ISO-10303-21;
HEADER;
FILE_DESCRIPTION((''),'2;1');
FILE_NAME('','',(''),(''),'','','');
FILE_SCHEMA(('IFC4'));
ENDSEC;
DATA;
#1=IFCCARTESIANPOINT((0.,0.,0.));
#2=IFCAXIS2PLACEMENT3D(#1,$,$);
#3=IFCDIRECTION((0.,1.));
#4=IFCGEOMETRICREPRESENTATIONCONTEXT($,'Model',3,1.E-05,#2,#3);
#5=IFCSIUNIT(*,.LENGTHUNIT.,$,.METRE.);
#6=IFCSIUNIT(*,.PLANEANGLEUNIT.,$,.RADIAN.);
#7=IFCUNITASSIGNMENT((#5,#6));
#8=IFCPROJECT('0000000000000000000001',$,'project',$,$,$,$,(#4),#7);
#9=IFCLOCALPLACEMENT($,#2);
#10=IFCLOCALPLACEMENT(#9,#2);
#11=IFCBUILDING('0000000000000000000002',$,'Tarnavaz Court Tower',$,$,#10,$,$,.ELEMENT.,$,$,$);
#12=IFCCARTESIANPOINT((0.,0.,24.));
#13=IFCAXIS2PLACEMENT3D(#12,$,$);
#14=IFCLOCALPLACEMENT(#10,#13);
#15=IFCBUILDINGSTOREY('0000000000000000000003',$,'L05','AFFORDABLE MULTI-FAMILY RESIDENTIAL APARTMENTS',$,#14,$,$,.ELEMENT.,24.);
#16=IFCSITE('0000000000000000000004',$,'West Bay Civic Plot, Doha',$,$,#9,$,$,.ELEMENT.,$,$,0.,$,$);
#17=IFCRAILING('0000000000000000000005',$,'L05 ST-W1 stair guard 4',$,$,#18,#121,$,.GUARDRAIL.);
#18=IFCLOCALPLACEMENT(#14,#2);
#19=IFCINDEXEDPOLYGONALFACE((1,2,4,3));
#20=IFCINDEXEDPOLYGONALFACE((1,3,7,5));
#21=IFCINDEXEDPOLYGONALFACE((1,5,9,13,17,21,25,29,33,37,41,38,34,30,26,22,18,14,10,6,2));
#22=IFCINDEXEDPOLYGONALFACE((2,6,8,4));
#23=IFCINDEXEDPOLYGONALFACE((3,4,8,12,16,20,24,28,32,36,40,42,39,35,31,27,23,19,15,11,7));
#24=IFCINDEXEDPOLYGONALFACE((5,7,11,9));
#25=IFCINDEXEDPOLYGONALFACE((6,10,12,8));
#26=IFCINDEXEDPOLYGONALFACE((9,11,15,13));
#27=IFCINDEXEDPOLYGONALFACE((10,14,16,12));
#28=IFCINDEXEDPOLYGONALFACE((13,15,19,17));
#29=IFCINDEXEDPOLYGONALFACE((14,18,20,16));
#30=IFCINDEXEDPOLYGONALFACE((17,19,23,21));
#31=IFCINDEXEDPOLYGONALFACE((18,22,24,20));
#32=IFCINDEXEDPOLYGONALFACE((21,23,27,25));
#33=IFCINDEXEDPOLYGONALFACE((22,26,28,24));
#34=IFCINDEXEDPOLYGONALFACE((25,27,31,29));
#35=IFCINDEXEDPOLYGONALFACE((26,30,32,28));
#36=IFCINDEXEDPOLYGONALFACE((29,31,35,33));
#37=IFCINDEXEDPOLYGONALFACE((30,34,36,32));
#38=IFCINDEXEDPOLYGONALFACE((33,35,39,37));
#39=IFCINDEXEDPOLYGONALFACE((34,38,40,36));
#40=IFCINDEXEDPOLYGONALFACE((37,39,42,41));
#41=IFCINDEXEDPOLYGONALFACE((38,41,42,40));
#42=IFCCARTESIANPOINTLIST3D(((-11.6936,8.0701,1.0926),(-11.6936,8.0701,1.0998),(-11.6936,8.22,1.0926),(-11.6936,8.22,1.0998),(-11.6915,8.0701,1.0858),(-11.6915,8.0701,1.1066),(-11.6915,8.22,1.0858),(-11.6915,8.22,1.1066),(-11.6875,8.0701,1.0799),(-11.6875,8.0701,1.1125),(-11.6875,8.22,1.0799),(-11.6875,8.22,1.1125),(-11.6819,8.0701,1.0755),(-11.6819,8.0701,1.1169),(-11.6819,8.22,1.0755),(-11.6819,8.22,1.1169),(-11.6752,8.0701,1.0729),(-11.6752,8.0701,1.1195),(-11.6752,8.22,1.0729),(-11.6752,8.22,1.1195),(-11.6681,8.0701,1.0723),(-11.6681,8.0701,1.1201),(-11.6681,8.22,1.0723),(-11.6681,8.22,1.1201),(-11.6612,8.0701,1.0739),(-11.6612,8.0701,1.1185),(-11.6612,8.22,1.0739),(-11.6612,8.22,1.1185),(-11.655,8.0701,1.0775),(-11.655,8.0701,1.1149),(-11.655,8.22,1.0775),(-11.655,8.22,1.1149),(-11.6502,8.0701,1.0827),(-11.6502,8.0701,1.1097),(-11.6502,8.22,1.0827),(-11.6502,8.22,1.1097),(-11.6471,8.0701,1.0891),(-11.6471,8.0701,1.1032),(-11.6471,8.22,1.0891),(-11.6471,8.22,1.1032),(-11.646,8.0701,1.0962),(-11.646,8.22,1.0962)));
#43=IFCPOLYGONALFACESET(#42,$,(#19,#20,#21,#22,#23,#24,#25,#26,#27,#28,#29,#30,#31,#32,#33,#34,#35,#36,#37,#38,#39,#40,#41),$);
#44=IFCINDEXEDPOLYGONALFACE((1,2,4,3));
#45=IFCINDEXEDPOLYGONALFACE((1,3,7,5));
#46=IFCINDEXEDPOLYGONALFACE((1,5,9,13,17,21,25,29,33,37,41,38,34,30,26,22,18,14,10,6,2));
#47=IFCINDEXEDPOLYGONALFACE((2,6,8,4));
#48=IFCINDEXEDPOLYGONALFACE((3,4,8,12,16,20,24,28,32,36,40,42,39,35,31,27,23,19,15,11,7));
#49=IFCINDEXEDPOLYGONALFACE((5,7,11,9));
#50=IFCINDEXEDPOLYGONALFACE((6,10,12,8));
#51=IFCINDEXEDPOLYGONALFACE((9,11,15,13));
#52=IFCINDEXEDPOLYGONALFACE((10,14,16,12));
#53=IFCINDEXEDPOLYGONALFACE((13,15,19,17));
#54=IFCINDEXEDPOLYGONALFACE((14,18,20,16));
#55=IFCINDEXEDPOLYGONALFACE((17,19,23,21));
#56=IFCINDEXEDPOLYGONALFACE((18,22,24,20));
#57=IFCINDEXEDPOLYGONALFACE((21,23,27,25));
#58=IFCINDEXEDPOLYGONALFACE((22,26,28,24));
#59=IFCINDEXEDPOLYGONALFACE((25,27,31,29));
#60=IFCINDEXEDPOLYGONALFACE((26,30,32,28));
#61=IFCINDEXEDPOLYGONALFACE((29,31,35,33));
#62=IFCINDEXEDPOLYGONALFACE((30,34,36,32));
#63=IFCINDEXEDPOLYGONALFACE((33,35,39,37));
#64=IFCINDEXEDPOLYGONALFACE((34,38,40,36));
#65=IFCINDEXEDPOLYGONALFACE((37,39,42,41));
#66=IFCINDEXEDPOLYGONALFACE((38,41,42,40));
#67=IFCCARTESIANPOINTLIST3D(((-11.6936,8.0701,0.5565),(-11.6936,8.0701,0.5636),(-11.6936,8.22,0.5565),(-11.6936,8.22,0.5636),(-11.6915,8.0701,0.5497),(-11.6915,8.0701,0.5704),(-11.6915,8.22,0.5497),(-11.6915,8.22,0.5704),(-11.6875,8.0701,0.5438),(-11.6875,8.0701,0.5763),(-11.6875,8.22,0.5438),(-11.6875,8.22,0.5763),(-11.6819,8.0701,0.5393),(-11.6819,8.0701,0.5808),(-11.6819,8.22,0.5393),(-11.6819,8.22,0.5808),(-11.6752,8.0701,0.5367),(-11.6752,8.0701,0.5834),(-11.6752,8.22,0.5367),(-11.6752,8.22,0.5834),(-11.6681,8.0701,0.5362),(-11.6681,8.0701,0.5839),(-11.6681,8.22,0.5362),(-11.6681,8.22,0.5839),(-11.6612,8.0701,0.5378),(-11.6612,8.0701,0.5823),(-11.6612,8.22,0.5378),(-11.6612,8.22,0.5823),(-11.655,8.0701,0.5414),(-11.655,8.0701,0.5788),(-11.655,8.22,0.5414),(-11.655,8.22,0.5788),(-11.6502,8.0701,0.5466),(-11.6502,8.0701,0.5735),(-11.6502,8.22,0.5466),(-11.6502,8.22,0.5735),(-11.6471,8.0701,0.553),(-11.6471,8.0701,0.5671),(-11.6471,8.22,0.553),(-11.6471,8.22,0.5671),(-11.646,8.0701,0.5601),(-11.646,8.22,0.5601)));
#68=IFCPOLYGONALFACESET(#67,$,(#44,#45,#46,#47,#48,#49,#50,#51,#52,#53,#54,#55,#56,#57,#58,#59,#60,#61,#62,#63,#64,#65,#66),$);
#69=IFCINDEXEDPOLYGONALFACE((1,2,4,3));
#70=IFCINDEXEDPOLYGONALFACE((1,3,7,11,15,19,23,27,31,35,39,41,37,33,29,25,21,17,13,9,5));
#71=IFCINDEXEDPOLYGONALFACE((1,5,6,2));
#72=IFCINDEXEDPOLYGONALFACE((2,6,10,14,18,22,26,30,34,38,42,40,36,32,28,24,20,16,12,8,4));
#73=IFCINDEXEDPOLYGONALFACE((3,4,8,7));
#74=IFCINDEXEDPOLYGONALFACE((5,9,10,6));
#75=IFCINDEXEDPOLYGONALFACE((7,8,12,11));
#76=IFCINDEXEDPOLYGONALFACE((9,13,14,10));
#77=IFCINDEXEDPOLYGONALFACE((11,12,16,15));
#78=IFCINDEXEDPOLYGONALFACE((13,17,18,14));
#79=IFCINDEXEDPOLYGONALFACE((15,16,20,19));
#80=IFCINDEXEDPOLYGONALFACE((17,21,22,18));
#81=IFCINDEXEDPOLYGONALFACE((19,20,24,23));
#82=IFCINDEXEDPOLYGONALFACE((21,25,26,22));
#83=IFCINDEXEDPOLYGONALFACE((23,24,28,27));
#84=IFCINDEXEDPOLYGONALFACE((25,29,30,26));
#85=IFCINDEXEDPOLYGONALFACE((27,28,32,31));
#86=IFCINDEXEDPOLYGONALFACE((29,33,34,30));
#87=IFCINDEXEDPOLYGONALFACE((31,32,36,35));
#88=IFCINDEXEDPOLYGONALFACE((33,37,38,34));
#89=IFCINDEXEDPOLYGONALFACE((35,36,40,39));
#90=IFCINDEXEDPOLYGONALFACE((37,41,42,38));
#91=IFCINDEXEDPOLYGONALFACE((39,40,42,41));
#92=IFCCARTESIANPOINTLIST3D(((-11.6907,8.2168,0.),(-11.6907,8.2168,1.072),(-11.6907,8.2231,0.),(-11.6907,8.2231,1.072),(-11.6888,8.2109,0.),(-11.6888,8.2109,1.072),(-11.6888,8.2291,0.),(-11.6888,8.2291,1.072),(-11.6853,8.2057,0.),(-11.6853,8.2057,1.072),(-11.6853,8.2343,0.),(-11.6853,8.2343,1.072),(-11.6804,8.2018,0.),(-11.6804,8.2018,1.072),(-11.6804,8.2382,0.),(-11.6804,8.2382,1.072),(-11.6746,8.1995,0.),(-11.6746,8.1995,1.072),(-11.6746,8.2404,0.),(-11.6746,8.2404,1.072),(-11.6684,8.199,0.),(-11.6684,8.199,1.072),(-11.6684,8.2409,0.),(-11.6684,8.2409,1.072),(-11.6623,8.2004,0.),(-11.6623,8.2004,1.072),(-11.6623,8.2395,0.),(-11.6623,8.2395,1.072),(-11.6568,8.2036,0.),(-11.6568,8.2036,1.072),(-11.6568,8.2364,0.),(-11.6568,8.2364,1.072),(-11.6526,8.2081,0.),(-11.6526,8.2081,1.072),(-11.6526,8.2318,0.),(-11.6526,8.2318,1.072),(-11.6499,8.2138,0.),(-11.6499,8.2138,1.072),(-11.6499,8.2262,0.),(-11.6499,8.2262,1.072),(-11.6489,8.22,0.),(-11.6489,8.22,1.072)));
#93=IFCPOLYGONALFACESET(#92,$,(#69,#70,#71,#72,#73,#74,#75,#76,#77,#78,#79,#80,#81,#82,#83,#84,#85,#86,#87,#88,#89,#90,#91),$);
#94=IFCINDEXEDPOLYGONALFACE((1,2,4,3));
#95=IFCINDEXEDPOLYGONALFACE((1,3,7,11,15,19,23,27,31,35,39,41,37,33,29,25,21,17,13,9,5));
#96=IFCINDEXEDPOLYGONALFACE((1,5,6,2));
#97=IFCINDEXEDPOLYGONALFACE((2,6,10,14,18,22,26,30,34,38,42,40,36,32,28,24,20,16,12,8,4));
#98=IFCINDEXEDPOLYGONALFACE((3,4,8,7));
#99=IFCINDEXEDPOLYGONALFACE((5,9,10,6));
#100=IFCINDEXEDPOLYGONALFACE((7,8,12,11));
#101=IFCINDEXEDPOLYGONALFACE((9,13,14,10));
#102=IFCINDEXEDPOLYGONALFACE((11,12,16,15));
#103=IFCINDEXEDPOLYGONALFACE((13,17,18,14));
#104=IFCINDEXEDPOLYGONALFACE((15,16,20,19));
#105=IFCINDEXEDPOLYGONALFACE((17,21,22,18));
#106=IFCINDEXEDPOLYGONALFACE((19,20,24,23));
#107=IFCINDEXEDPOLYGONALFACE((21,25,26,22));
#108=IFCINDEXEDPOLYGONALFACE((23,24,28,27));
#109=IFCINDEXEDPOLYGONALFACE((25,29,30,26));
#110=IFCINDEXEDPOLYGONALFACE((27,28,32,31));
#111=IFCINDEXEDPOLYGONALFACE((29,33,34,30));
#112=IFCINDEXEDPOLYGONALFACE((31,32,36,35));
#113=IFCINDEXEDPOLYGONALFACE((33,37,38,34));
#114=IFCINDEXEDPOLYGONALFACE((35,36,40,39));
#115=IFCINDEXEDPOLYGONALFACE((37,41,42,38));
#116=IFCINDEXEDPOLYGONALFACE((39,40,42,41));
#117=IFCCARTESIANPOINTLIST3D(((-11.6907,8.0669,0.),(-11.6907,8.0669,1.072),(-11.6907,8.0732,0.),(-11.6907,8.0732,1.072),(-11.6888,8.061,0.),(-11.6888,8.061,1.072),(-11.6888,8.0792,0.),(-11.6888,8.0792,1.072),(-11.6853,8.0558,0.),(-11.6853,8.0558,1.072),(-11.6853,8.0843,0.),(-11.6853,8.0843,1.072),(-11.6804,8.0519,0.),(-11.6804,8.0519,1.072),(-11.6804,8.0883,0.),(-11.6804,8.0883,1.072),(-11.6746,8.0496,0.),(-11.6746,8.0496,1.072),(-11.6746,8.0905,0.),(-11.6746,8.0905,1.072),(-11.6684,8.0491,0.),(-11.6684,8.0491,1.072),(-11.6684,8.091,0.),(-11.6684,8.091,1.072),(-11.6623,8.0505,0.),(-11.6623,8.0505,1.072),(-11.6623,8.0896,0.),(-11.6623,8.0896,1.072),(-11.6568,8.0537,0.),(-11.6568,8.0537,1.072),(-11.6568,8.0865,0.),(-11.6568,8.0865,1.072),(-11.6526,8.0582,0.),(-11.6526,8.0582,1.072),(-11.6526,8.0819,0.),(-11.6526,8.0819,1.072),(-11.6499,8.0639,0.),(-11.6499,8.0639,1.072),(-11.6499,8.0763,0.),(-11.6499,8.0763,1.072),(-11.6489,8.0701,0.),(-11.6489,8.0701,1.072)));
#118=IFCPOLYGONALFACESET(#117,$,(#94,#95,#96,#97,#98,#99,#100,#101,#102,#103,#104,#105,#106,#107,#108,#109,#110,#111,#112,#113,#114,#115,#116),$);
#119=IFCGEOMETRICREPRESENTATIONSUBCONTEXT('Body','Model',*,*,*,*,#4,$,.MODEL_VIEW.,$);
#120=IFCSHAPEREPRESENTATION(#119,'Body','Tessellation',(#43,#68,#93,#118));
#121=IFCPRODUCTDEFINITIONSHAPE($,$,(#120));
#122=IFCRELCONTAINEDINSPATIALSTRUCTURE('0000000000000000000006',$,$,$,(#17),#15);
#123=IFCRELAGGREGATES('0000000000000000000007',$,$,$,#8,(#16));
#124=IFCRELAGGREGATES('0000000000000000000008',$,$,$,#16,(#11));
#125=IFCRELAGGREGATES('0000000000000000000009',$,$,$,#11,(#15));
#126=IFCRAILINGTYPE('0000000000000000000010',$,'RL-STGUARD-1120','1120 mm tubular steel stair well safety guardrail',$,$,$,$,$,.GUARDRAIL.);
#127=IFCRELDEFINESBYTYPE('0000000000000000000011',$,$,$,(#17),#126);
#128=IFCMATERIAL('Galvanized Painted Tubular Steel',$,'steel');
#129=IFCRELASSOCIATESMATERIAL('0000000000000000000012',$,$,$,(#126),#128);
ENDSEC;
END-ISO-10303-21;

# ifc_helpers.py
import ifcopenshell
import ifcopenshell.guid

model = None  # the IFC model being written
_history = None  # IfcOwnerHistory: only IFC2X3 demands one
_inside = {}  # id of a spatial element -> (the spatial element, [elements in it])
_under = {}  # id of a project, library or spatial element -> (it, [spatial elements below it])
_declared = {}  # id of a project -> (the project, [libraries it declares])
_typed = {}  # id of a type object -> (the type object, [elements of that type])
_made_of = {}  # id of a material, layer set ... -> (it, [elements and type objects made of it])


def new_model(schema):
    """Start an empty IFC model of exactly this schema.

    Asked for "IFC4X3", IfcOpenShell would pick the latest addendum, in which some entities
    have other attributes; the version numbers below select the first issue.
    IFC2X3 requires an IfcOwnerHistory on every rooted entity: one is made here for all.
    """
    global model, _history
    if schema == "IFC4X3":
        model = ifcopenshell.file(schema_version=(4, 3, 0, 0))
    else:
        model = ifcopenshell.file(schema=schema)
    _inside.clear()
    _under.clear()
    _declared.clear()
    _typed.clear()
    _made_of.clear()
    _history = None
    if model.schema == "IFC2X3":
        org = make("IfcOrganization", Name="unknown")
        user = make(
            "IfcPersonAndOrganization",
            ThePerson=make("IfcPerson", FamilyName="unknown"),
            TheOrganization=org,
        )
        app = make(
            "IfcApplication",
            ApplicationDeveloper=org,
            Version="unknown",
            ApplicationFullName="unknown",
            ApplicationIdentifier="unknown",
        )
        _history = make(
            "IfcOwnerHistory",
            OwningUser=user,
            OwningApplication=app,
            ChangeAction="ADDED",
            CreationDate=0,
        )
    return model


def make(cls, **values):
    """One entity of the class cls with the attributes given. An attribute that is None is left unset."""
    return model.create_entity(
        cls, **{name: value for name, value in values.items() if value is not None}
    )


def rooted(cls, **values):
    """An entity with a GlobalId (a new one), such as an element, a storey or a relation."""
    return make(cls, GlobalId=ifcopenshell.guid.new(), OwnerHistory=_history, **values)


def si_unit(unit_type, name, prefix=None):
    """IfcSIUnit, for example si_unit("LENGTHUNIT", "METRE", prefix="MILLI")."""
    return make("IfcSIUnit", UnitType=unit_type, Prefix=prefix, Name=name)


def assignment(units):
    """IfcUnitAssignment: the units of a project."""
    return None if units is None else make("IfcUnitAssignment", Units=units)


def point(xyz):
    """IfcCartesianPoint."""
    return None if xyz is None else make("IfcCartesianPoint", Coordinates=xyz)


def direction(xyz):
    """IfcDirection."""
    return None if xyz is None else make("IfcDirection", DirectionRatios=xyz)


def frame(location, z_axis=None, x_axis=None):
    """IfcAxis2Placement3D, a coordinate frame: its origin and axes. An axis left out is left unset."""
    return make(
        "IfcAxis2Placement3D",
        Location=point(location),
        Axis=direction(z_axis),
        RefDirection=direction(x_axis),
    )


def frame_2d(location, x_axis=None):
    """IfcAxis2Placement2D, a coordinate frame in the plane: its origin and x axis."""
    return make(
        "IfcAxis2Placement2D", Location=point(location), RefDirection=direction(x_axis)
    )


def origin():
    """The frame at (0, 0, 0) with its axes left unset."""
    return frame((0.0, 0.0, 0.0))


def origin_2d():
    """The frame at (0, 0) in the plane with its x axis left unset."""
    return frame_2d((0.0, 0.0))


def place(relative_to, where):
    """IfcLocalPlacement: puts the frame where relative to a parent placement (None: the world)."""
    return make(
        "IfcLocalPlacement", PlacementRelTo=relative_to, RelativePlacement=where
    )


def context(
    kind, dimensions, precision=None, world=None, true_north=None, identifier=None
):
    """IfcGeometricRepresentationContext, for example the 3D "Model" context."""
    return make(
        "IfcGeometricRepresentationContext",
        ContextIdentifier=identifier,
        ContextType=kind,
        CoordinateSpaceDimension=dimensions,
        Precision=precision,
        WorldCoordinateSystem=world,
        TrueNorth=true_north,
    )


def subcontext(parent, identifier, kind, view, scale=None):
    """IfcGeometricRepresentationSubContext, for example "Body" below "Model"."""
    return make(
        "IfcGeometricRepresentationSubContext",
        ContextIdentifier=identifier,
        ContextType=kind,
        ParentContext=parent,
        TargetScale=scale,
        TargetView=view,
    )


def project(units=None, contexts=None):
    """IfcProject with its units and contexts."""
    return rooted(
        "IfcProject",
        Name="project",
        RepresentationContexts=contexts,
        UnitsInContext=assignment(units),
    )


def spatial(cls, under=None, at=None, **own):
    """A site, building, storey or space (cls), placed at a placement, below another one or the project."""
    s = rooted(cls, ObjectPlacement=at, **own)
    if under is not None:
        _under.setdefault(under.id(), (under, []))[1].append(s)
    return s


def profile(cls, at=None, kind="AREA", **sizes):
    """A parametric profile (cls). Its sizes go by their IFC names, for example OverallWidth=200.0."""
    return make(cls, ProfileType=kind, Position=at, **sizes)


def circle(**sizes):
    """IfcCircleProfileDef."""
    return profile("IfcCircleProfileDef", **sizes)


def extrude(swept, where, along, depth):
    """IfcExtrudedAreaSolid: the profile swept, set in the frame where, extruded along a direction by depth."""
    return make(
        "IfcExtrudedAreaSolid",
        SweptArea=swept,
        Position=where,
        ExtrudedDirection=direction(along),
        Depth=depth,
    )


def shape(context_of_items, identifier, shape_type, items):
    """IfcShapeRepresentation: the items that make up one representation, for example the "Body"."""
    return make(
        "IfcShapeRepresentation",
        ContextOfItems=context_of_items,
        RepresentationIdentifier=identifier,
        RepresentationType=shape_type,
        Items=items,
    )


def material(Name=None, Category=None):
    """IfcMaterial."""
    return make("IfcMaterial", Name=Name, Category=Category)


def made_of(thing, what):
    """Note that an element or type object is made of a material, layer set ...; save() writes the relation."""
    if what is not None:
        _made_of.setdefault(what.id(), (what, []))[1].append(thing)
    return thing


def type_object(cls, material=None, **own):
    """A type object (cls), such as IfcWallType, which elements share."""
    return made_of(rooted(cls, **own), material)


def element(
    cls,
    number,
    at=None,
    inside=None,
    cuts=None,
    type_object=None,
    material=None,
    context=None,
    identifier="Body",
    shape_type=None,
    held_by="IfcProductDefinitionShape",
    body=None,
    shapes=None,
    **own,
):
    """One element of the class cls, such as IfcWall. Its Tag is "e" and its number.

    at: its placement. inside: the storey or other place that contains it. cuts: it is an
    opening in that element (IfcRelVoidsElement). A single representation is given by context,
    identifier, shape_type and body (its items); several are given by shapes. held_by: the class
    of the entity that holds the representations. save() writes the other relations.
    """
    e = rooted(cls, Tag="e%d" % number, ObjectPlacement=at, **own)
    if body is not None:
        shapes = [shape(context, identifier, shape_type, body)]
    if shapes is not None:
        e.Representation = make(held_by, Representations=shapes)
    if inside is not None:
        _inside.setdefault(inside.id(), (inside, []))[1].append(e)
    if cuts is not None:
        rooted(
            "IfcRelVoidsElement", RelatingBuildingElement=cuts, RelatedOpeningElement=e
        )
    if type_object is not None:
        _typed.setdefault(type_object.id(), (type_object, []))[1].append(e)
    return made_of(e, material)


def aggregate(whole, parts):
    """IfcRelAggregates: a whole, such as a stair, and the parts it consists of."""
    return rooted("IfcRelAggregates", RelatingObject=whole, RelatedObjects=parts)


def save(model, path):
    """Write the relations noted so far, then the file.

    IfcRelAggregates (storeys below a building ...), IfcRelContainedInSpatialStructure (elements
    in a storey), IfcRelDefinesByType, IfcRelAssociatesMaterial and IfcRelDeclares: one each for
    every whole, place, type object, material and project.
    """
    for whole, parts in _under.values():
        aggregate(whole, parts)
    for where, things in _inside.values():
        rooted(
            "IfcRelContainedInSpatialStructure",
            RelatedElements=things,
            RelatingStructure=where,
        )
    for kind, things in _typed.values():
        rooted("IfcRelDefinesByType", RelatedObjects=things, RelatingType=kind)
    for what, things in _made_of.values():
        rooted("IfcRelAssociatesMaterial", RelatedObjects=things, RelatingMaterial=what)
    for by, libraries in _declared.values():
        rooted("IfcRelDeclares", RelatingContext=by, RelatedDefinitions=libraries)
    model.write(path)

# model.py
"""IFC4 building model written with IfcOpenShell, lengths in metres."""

from ifc_helpers import new_model, si_unit, direction, frame, origin, origin_2d, place, context, subcontext, project, spatial, circle, extrude, material, type_object, element, save


model = new_model("IFC4")

# Units and contexts
model_context = context("Model", 3, precision=1e-05, world=origin(), true_north=direction((0.0, 1.0)))
body_context = subcontext(model_context, "Body", "Model", "MODEL_VIEW")
ifc_project = project(units=[si_unit("LENGTHUNIT", "METRE"), si_unit("PLANEANGLEUNIT", "RADIAN")], contexts=[model_context])

# Site, building, storey
site_placement = place(None, origin())
site = spatial("IfcSite", under=ifc_project, at=site_placement, Name="West Bay Civic Plot, Doha", CompositionType="ELEMENT", RefElevation=0.0)
building_placement = place(site_placement, origin())
building = spatial("IfcBuilding", under=site, at=building_placement, Name="Tarnavaz Court Tower", CompositionType="ELEMENT")
storey_placement = place(building_placement, frame((0.0, 0.0, 24.0)))
storey = spatial("IfcBuildingStorey", under=building, at=storey_placement, Name="L05", Description="AFFORDABLE MULTI-FAMILY RESIDENTIAL APARTMENTS", CompositionType="ELEMENT", Elevation=24.0)

# Railing
ifc_material_1 = material(Name="Galvanized Painted Tubular Steel", Category="steel")
railing_type_1 = type_object("IfcRailingType", Name="RL-STGUARD-1120", Description="1120 mm tubular steel stair well safety guardrail", PredefinedType="GUARDRAIL", material=ifc_material_1)
railing_1_placement = place(storey_placement, frame((-11.6699, 8.22, 0.0)))
element("IfcRailing", 1, at=railing_1_placement, inside=storey, type_object=railing_type_1, Name="L05 ST-W1 stair guard 4", PredefinedType="GUARDRAIL", context=body_context, shape_type="SweptSolid", body=[
    extrude(circle(Radius=0.0239, at=origin_2d()), frame((0.0, 0.0, 1.0962), z_axis=(0.0, -1.0, 0.0), x_axis=(1.0, 0.0, 0.0)), (0.0, 0.0, 1.0), 0.1499),
    extrude(circle(Radius=0.0239, at=origin_2d()), frame((0.0, 0.0, 0.5601), z_axis=(0.0, -1.0, 0.0), x_axis=(1.0, 0.0, 0.0)), (0.0, 0.0, 1.0), 0.1499),
    extrude(circle(Radius=0.021, at=origin_2d()), origin(), (0.0, 0.0, 1.0), 1.072),
    extrude(circle(Radius=0.021, at=origin_2d()), frame((0.0, -0.1499, 0.0)), (0.0, 0.0, 1.0), 1.072),
])

save(model, "model.ifc")
